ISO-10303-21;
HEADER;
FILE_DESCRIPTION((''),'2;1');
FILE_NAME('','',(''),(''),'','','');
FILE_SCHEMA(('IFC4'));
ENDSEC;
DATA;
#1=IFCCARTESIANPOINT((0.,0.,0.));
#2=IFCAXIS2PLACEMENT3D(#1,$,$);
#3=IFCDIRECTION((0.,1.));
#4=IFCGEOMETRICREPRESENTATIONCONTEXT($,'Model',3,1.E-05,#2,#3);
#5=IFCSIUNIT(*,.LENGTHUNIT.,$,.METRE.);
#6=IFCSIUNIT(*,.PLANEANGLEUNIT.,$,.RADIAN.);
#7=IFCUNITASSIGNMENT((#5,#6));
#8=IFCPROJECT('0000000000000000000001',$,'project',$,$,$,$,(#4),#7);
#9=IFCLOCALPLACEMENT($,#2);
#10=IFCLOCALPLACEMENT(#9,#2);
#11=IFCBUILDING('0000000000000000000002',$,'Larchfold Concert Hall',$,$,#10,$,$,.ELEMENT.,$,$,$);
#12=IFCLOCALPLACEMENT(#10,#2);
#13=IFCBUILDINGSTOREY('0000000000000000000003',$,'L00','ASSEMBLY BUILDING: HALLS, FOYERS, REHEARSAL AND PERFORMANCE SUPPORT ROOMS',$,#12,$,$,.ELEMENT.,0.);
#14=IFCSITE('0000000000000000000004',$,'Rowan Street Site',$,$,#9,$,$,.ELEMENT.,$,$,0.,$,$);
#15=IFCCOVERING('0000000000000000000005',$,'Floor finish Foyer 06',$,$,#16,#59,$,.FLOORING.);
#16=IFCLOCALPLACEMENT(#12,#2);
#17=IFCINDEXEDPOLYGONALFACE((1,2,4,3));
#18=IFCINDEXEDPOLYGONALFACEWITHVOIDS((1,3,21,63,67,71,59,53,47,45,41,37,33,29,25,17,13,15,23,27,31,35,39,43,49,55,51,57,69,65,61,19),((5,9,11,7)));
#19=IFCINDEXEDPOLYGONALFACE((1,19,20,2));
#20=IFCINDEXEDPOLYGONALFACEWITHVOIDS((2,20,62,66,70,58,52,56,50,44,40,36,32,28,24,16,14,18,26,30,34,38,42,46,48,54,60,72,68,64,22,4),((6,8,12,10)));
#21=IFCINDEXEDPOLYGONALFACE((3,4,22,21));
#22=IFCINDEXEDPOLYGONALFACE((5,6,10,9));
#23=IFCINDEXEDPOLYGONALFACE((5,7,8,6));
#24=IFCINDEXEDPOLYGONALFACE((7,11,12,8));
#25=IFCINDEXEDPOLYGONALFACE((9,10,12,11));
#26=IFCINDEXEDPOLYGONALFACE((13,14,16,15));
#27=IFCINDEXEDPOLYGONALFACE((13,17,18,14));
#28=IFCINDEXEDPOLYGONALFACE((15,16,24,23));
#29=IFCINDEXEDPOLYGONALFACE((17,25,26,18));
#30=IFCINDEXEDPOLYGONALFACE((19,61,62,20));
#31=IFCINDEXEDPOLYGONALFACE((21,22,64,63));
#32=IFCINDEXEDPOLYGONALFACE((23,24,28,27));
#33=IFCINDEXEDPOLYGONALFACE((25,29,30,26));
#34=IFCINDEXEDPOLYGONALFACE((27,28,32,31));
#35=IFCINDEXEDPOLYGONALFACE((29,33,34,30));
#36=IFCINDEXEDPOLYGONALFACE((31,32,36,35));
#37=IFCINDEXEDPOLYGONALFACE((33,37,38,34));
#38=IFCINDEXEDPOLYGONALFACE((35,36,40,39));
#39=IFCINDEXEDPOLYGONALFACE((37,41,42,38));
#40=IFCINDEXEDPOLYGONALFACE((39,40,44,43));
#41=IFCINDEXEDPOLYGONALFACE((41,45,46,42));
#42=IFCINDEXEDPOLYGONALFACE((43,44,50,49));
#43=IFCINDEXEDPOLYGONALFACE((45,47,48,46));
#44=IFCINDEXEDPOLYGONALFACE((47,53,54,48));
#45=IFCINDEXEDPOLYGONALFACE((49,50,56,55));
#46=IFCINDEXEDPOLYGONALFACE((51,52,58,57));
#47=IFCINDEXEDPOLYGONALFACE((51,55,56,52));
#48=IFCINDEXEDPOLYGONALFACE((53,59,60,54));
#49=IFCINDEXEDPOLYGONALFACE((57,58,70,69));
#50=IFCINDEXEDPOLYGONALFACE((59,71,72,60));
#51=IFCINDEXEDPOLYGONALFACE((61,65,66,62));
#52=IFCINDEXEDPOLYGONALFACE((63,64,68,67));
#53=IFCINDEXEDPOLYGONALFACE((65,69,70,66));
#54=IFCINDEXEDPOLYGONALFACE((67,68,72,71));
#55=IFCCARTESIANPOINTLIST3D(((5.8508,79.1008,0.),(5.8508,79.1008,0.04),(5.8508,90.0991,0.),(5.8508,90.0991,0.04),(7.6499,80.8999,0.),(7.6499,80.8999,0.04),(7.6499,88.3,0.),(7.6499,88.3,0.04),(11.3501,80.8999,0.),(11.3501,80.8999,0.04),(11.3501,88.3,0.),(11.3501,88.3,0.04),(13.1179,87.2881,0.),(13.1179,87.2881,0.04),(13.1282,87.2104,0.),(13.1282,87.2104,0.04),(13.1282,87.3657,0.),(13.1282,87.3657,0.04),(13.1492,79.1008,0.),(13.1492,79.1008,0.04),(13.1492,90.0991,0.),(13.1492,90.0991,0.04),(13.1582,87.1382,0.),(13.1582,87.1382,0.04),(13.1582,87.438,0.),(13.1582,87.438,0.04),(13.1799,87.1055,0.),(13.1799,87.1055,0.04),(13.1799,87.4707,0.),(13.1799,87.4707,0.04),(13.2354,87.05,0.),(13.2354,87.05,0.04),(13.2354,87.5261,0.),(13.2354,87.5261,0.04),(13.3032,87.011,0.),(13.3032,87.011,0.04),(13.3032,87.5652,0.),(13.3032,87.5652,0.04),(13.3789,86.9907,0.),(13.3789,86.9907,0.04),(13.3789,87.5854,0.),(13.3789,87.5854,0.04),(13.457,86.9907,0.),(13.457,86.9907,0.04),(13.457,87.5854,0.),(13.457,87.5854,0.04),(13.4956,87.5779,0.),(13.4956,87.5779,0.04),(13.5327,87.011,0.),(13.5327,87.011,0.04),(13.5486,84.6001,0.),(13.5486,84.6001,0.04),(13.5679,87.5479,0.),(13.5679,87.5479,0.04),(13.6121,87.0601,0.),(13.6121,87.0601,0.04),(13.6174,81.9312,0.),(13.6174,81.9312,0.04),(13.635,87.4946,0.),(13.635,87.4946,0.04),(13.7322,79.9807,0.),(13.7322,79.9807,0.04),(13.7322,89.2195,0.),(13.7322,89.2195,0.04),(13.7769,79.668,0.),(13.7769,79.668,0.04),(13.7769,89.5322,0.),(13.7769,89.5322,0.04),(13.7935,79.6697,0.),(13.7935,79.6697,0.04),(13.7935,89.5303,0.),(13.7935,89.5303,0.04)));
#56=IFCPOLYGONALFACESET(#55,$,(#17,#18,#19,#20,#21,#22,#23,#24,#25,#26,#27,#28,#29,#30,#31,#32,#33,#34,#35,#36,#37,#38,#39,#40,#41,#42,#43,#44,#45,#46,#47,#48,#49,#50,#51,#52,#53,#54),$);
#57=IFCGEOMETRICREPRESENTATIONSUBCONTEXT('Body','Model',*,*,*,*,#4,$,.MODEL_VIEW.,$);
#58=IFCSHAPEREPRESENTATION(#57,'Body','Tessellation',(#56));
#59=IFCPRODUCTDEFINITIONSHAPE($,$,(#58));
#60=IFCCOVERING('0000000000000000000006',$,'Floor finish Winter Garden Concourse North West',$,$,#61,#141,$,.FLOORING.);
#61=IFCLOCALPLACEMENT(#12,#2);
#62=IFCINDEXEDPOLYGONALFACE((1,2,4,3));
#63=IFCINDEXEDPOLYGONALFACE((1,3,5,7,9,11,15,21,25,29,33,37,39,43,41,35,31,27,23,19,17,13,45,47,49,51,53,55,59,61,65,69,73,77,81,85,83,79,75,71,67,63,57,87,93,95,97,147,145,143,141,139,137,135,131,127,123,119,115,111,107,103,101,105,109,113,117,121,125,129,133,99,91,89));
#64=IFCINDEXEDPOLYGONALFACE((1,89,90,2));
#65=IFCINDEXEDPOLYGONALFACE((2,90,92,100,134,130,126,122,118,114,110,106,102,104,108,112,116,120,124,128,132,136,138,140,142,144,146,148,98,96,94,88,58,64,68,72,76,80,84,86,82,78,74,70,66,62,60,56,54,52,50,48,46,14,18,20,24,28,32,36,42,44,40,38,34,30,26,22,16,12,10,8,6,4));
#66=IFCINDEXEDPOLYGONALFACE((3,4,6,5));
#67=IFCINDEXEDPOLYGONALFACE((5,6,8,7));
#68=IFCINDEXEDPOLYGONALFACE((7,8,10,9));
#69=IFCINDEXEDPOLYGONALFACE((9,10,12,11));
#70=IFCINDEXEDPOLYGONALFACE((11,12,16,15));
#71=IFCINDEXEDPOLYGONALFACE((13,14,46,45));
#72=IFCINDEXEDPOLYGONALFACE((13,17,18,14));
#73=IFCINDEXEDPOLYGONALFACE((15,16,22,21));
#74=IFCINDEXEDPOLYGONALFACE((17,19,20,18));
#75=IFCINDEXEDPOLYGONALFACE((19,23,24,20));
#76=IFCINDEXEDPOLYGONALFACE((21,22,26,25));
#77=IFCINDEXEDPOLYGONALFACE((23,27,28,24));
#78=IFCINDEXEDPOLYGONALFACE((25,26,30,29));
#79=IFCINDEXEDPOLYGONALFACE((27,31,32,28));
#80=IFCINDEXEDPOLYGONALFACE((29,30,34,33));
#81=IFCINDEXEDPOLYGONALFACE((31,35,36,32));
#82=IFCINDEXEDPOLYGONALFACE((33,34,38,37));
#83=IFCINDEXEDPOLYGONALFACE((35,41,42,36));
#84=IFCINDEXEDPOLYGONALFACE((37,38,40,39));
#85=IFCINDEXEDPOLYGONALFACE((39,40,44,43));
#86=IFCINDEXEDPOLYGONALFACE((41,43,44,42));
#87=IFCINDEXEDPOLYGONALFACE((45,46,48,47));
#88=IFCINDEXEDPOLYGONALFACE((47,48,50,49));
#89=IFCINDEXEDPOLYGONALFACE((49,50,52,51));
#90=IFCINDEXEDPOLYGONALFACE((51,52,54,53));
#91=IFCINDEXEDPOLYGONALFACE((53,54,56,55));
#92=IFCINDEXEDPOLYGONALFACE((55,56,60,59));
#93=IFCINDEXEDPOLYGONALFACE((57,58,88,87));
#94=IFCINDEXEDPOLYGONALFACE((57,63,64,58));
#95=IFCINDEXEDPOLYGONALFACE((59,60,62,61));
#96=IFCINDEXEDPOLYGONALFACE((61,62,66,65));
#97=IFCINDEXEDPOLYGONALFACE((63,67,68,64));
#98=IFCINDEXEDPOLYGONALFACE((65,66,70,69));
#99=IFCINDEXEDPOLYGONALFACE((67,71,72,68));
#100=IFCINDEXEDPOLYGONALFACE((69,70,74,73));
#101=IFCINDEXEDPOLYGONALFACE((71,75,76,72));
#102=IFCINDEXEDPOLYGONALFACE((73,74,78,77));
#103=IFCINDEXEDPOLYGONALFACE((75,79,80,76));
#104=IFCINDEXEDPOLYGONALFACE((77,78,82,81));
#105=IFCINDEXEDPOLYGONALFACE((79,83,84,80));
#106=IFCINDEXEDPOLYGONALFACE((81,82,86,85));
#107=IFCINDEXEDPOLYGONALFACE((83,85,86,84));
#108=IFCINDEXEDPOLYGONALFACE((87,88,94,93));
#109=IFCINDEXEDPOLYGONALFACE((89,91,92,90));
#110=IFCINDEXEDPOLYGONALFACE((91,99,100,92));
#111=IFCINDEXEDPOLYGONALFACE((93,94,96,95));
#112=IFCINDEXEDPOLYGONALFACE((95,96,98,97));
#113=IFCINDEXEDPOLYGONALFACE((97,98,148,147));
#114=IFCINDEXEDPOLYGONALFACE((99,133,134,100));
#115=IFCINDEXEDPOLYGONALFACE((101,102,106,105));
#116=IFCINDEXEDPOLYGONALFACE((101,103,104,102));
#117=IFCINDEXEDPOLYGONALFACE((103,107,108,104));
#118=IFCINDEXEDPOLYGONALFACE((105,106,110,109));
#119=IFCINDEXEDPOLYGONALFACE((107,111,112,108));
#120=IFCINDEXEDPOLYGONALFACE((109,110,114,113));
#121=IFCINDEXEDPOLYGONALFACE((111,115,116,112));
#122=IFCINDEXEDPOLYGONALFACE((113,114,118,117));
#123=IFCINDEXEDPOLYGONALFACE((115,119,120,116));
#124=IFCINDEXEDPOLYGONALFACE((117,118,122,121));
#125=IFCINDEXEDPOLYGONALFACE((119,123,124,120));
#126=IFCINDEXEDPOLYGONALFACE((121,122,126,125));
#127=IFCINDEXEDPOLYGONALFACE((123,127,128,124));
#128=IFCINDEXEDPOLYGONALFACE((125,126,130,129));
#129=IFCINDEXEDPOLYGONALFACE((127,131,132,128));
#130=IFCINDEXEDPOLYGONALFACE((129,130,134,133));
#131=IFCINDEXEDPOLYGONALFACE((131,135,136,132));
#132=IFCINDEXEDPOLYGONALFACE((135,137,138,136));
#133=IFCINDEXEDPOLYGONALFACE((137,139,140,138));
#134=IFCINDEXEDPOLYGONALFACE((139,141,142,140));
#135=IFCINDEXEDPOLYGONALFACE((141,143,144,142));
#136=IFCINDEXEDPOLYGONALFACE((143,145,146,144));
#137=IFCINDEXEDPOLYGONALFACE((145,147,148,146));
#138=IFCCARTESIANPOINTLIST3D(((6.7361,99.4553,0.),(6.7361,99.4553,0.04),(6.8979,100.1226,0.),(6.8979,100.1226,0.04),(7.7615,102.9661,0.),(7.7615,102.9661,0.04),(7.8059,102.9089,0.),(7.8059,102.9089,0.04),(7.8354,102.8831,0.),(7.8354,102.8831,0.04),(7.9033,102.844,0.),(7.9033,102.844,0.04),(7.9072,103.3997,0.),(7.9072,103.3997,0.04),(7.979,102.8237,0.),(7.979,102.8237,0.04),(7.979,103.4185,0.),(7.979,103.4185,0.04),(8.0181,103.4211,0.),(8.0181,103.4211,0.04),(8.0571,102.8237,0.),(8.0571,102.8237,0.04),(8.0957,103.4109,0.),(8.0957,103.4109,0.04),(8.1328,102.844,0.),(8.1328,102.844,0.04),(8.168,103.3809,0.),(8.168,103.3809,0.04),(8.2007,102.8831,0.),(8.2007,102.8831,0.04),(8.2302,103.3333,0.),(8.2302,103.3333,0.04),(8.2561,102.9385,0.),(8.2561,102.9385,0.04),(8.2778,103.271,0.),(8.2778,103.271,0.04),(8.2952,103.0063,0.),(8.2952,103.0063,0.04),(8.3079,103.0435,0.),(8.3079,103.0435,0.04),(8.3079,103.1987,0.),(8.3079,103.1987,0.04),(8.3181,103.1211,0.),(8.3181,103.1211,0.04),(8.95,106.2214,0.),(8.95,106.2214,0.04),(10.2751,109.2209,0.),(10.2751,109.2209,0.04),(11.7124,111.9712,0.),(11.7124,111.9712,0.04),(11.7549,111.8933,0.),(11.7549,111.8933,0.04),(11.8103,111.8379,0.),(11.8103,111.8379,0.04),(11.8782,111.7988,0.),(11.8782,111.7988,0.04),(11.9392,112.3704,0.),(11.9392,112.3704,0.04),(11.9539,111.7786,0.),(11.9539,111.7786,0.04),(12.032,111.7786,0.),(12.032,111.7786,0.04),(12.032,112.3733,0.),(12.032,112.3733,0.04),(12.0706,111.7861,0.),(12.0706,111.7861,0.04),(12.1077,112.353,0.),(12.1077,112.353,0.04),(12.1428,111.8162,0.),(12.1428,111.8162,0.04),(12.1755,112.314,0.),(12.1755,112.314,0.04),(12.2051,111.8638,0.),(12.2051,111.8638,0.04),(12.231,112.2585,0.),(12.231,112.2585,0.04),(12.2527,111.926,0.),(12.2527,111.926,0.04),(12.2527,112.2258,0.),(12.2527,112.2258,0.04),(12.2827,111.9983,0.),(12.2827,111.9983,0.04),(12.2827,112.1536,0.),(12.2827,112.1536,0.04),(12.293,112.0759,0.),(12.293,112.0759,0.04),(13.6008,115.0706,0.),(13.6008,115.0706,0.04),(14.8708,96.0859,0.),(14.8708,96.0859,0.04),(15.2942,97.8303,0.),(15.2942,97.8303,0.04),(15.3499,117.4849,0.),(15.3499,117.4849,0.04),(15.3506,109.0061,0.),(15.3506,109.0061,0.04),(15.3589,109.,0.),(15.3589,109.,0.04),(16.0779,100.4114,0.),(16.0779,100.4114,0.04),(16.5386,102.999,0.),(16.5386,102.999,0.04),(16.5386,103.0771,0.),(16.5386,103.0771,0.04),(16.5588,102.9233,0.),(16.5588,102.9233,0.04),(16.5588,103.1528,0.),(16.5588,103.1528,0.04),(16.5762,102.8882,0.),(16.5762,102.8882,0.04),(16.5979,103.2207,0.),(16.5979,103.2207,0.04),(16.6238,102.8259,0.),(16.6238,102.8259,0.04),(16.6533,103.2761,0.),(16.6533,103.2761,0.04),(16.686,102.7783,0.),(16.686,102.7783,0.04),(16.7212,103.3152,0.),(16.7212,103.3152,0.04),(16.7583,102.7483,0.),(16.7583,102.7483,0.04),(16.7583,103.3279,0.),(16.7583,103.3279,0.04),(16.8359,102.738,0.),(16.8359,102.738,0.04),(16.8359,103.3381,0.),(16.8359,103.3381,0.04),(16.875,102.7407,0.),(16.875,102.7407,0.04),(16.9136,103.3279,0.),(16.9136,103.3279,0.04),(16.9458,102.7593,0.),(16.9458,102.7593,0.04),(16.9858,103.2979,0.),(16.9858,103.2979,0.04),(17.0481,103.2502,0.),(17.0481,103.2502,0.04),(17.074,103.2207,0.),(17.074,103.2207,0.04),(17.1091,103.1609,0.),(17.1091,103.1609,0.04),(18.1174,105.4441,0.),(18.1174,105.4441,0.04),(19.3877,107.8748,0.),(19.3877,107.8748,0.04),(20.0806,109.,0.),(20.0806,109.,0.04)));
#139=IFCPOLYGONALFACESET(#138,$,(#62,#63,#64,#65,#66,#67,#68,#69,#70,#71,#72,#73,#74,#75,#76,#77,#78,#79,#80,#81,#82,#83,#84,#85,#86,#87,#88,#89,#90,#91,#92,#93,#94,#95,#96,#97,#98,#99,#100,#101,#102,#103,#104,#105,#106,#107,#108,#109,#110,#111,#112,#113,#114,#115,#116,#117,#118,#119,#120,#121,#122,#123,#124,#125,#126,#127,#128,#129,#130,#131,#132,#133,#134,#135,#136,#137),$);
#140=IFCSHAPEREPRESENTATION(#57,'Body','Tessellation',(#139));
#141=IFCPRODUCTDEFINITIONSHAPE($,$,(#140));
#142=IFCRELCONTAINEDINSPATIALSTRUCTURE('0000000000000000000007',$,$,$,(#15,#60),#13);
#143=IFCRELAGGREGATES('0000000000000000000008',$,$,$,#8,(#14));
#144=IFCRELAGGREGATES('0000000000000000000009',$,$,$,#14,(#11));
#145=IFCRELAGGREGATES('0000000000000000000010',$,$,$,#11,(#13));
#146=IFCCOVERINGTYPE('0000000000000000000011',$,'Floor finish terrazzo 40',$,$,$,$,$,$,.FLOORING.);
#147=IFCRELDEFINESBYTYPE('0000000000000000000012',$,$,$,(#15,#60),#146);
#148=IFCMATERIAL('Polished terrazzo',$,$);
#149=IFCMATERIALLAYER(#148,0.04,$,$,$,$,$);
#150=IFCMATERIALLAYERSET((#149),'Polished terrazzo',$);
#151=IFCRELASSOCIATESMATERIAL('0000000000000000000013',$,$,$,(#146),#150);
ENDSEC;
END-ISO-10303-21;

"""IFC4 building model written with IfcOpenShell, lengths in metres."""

from ifc_helpers import new_model, si_unit, direction, origin, place, context, subcontext, project, spatial, polyline, outline, extrude, material, layer, layer_set, type_object, element, save


model = new_model("IFC4")

# Units and contexts
model_context = context("Model", 3, precision=1e-05, world=origin(), true_north=direction((0.0, 1.0)))
body_context = subcontext(model_context, "Body", "Model", "MODEL_VIEW")
ifc_project = project(units=[si_unit("LENGTHUNIT", "METRE"), si_unit("PLANEANGLEUNIT", "RADIAN")], contexts=[model_context])

# Site, building, storey
site_placement = place(None, origin())
site = spatial("IfcSite", under=ifc_project, at=site_placement, Name="Rowan Street Site", CompositionType="ELEMENT", RefElevation=0.0)
building_placement = place(site_placement, origin())
building = spatial("IfcBuilding", under=site, at=building_placement, Name="Larchfold Concert Hall", CompositionType="ELEMENT")
storey_placement = place(building_placement, origin())
storey = spatial("IfcBuildingStorey", under=building, at=storey_placement, Name="L00", Description="ASSEMBLY BUILDING: HALLS, FOYERS, REHEARSAL AND PERFORMANCE SUPPORT ROOMS", CompositionType="ELEMENT", Elevation=0.0)

# Coverings
ifc_material_1 = material(Name="Polished terrazzo")
ifc_layer_1 = layer(ifc_material_1, 0.04)
ifc_layer_set_1 = layer_set([ifc_layer_1], Name="Polished terrazzo")
covering_type_1 = type_object("IfcCoveringType", Name="Floor finish terrazzo 40", PredefinedType="FLOORING", material=ifc_layer_set_1)
covering_1_placement = place(storey_placement, origin())
element("IfcCovering", 1, at=covering_1_placement, inside=storey, type_object=covering_type_1, Name="Floor finish Foyer 06", PredefinedType="FLOORING", context=body_context, shape_type="SweptSolid", body=[
    extrude(outline(polyline([(5.8508, 90.0991), (5.8508, 79.1008), (13.1492, 79.1008), (13.7322, 79.9807), (13.7769, 79.668), (13.7935, 79.6697), (13.6174, 81.9312), (13.5486, 84.6001), (13.6121, 87.0601), (13.5327, 87.011), (13.457, 86.9907), (13.3789, 86.9907), (13.3032, 87.011), (13.2354, 87.05), (13.1799, 87.1055), (13.1582, 87.1382), (13.1282, 87.2104), (13.1179, 87.2881), (13.1282, 87.3657), (13.1582, 87.438), (13.1799, 87.4707), (13.2354, 87.5261), (13.3032, 87.5652), (13.3789, 87.5854), (13.457, 87.5854), (13.4956, 87.5779), (13.5679, 87.5479), (13.635, 87.4946), (13.7935, 89.5303), (13.7769, 89.5322), (13.7322, 89.2195), (13.1492, 90.0991), (5.8508, 90.0991)]), holes=[polyline([(7.6499, 88.3), (11.3501, 88.3), (11.3501, 80.8999), (7.6499, 80.8999), (7.6499, 88.3)])]), origin(), (0.0, 0.0, 1.0), 0.04),
])
covering_2_placement = place(storey_placement, origin())
element("IfcCovering", 2, at=covering_2_placement, inside=storey, type_object=covering_type_1, Name="Floor finish Winter Garden Concourse North West", PredefinedType="FLOORING", context=body_context, shape_type="SweptSolid", body=[
    extrude(outline(polyline([(6.8979, 100.1226), (6.7361, 99.4553), (14.8708, 96.0859), (15.2942, 97.8303), (16.0779, 100.4114), (16.9458, 102.7593), (16.875, 102.7407), (16.8359, 102.738), (16.7583, 102.7483), (16.686, 102.7783), (16.6238, 102.8259), (16.5762, 102.8882), (16.5588, 102.9233), (16.5386, 102.999), (16.5386, 103.0771), (16.5588, 103.1528), (16.5979, 103.2207), (16.6533, 103.2761), (16.7212, 103.3152), (16.7583, 103.3279), (16.8359, 103.3381), (16.9136, 103.3279), (16.9858, 103.2979), (17.0481, 103.2502), (17.074, 103.2207), (17.1091, 103.1609), (18.1174, 105.4441), (19.3877, 107.8748), (20.0806, 109.0), (15.3589, 109.0), (15.3506, 109.0061), (15.3499, 117.4849), (13.6008, 115.0706), (11.9392, 112.3704), (12.032, 112.3733), (12.1077, 112.353), (12.1755, 112.314), (12.231, 112.2585), (12.2527, 112.2258), (12.2827, 112.1536), (12.293, 112.0759), (12.2827, 111.9983), (12.2527, 111.926), (12.2051, 111.8638), (12.1428, 111.8162), (12.0706, 111.7861), (12.032, 111.7786), (11.9539, 111.7786), (11.8782, 111.7988), (11.8103, 111.8379), (11.7549, 111.8933), (11.7124, 111.9712), (10.2751, 109.2209), (8.95, 106.2214), (7.9072, 103.3997), (7.979, 103.4185), (8.0181, 103.4211), (8.0957, 103.4109), (8.168, 103.3809), (8.2302, 103.3333), (8.2778, 103.271), (8.3079, 103.1987), (8.3181, 103.1211), (8.3079, 103.0435), (8.2952, 103.0063), (8.2561, 102.9385), (8.2007, 102.8831), (8.1328, 102.844), (8.0571, 102.8237), (7.979, 102.8237), (7.9033, 102.844), (7.8354, 102.8831), (7.8059, 102.9089), (7.7615, 102.9661), (6.8979, 100.1226)])), origin(), (0.0, 0.0, 1.0), 0.04),
])

save(model, "model.ifc")
